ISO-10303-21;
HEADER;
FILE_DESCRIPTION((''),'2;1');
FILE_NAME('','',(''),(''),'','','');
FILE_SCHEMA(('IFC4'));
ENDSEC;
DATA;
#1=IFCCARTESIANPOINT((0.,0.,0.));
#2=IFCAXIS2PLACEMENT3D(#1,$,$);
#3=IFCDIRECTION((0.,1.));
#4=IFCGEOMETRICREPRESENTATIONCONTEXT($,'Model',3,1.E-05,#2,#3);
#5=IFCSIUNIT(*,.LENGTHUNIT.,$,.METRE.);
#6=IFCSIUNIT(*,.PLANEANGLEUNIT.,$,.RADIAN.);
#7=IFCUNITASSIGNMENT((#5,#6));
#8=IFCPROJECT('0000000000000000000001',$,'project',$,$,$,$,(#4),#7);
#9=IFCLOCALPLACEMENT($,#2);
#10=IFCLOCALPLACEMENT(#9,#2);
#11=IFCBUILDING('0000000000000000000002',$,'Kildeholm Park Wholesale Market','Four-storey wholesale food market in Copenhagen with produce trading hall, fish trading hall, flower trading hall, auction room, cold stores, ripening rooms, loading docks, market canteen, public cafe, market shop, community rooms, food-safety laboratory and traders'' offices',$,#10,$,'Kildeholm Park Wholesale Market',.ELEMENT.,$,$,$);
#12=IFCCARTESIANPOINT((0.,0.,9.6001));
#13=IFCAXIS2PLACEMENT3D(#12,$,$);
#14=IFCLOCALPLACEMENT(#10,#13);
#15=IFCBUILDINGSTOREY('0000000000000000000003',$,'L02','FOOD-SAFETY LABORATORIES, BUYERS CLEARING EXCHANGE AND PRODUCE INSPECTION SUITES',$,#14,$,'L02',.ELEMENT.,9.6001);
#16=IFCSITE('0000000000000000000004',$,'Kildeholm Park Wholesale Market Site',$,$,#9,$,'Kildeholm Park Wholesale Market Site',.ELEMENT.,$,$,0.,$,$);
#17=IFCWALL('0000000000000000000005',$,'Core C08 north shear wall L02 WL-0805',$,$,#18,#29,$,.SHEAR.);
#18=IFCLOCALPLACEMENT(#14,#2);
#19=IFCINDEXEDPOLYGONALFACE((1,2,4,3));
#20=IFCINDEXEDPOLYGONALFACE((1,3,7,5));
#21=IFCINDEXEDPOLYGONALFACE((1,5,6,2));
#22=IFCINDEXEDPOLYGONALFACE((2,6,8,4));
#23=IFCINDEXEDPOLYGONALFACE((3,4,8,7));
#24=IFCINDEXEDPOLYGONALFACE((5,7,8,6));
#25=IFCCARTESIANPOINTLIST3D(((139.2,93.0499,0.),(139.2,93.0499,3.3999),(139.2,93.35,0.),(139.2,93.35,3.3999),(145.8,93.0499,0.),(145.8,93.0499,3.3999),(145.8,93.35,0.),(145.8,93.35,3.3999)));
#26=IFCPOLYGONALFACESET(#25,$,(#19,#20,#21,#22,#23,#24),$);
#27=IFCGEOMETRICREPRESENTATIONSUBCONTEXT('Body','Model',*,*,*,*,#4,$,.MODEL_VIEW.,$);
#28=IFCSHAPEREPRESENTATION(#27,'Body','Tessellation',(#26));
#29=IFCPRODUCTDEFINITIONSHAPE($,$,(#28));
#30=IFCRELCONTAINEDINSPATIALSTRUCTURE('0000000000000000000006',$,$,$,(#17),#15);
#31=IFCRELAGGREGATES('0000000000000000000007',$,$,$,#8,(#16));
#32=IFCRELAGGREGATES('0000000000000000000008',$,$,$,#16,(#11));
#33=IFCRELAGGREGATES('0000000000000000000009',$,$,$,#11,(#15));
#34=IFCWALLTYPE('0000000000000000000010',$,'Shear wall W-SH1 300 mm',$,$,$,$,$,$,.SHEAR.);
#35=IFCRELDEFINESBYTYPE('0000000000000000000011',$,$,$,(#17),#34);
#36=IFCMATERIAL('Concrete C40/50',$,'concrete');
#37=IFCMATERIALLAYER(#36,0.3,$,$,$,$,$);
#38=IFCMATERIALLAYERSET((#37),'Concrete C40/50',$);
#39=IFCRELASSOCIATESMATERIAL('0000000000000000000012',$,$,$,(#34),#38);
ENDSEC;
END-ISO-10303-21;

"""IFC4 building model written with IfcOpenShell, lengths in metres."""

from ifc_helpers import new_model, si_unit, direction, frame, frame_2d, origin, place, context, subcontext, project, spatial, rectangle, extrude, material, layer, layer_set, type_object, element, save


model = new_model("IFC4")

# Units and contexts
model_context = context("Model", 3, precision=1e-05, world=origin(), true_north=direction((0.0, 1.0)))
body_context = subcontext(model_context, "Body", "Model", "MODEL_VIEW")
ifc_project = project(units=[si_unit("LENGTHUNIT", "METRE"), si_unit("PLANEANGLEUNIT", "RADIAN")], contexts=[model_context])

# Site, building, storey
site_placement = place(None, origin())
site = spatial("IfcSite", under=ifc_project, at=site_placement, Name="Kildeholm Park Wholesale Market Site", LongName="Kildeholm Park Wholesale Market Site", CompositionType="ELEMENT", RefElevation=0.0)
building_placement = place(site_placement, origin())
building = spatial("IfcBuilding", under=site, at=building_placement, Name="Kildeholm Park Wholesale Market", Description="Four-storey wholesale food market in Copenhagen with produce trading hall, fish trading hall, flower trading hall, auction room, cold stores, ripening rooms, loading docks, market canteen, public cafe, market shop, community rooms, food-safety laboratory and traders' offices", LongName="Kildeholm Park Wholesale Market", CompositionType="ELEMENT")
storey_placement = place(building_placement, frame((0.0, 0.0, 9.6001)))
storey = spatial("IfcBuildingStorey", under=building, at=storey_placement, Name="L02", Description="FOOD-SAFETY LABORATORIES, BUYERS CLEARING EXCHANGE AND PRODUCE INSPECTION SUITES", LongName="L02", CompositionType="ELEMENT", Elevation=9.6001)

# Wall
ifc_material_1 = material(Name="Concrete C40/50", Category="concrete")
ifc_layer_1 = layer(ifc_material_1, 0.3)
ifc_layer_set_1 = layer_set([ifc_layer_1], Name="Concrete C40/50")
wall_type_1 = type_object("IfcWallType", Name="Shear wall W-SH1 300 mm", PredefinedType="SHEAR", material=ifc_layer_set_1)
wall_1_placement = place(storey_placement, frame((139.2, 93.2, 0.0), z_axis=(0.0, 0.0, 1.0), x_axis=(1.0, 0.0, 0.0)))
element("IfcWall", 1, at=wall_1_placement, inside=storey, type_object=wall_type_1, Name="Core C08 north shear wall L02 WL-0805", PredefinedType="SHEAR", context=body_context, shape_type="SweptSolid", body=[
    extrude(rectangle(XDim=6.6001, YDim=0.3, at=frame_2d((3.3, 0.0))), origin(), (0.0, 0.0, 1.0), 3.3999),
])

save(model, "model.ifc")
